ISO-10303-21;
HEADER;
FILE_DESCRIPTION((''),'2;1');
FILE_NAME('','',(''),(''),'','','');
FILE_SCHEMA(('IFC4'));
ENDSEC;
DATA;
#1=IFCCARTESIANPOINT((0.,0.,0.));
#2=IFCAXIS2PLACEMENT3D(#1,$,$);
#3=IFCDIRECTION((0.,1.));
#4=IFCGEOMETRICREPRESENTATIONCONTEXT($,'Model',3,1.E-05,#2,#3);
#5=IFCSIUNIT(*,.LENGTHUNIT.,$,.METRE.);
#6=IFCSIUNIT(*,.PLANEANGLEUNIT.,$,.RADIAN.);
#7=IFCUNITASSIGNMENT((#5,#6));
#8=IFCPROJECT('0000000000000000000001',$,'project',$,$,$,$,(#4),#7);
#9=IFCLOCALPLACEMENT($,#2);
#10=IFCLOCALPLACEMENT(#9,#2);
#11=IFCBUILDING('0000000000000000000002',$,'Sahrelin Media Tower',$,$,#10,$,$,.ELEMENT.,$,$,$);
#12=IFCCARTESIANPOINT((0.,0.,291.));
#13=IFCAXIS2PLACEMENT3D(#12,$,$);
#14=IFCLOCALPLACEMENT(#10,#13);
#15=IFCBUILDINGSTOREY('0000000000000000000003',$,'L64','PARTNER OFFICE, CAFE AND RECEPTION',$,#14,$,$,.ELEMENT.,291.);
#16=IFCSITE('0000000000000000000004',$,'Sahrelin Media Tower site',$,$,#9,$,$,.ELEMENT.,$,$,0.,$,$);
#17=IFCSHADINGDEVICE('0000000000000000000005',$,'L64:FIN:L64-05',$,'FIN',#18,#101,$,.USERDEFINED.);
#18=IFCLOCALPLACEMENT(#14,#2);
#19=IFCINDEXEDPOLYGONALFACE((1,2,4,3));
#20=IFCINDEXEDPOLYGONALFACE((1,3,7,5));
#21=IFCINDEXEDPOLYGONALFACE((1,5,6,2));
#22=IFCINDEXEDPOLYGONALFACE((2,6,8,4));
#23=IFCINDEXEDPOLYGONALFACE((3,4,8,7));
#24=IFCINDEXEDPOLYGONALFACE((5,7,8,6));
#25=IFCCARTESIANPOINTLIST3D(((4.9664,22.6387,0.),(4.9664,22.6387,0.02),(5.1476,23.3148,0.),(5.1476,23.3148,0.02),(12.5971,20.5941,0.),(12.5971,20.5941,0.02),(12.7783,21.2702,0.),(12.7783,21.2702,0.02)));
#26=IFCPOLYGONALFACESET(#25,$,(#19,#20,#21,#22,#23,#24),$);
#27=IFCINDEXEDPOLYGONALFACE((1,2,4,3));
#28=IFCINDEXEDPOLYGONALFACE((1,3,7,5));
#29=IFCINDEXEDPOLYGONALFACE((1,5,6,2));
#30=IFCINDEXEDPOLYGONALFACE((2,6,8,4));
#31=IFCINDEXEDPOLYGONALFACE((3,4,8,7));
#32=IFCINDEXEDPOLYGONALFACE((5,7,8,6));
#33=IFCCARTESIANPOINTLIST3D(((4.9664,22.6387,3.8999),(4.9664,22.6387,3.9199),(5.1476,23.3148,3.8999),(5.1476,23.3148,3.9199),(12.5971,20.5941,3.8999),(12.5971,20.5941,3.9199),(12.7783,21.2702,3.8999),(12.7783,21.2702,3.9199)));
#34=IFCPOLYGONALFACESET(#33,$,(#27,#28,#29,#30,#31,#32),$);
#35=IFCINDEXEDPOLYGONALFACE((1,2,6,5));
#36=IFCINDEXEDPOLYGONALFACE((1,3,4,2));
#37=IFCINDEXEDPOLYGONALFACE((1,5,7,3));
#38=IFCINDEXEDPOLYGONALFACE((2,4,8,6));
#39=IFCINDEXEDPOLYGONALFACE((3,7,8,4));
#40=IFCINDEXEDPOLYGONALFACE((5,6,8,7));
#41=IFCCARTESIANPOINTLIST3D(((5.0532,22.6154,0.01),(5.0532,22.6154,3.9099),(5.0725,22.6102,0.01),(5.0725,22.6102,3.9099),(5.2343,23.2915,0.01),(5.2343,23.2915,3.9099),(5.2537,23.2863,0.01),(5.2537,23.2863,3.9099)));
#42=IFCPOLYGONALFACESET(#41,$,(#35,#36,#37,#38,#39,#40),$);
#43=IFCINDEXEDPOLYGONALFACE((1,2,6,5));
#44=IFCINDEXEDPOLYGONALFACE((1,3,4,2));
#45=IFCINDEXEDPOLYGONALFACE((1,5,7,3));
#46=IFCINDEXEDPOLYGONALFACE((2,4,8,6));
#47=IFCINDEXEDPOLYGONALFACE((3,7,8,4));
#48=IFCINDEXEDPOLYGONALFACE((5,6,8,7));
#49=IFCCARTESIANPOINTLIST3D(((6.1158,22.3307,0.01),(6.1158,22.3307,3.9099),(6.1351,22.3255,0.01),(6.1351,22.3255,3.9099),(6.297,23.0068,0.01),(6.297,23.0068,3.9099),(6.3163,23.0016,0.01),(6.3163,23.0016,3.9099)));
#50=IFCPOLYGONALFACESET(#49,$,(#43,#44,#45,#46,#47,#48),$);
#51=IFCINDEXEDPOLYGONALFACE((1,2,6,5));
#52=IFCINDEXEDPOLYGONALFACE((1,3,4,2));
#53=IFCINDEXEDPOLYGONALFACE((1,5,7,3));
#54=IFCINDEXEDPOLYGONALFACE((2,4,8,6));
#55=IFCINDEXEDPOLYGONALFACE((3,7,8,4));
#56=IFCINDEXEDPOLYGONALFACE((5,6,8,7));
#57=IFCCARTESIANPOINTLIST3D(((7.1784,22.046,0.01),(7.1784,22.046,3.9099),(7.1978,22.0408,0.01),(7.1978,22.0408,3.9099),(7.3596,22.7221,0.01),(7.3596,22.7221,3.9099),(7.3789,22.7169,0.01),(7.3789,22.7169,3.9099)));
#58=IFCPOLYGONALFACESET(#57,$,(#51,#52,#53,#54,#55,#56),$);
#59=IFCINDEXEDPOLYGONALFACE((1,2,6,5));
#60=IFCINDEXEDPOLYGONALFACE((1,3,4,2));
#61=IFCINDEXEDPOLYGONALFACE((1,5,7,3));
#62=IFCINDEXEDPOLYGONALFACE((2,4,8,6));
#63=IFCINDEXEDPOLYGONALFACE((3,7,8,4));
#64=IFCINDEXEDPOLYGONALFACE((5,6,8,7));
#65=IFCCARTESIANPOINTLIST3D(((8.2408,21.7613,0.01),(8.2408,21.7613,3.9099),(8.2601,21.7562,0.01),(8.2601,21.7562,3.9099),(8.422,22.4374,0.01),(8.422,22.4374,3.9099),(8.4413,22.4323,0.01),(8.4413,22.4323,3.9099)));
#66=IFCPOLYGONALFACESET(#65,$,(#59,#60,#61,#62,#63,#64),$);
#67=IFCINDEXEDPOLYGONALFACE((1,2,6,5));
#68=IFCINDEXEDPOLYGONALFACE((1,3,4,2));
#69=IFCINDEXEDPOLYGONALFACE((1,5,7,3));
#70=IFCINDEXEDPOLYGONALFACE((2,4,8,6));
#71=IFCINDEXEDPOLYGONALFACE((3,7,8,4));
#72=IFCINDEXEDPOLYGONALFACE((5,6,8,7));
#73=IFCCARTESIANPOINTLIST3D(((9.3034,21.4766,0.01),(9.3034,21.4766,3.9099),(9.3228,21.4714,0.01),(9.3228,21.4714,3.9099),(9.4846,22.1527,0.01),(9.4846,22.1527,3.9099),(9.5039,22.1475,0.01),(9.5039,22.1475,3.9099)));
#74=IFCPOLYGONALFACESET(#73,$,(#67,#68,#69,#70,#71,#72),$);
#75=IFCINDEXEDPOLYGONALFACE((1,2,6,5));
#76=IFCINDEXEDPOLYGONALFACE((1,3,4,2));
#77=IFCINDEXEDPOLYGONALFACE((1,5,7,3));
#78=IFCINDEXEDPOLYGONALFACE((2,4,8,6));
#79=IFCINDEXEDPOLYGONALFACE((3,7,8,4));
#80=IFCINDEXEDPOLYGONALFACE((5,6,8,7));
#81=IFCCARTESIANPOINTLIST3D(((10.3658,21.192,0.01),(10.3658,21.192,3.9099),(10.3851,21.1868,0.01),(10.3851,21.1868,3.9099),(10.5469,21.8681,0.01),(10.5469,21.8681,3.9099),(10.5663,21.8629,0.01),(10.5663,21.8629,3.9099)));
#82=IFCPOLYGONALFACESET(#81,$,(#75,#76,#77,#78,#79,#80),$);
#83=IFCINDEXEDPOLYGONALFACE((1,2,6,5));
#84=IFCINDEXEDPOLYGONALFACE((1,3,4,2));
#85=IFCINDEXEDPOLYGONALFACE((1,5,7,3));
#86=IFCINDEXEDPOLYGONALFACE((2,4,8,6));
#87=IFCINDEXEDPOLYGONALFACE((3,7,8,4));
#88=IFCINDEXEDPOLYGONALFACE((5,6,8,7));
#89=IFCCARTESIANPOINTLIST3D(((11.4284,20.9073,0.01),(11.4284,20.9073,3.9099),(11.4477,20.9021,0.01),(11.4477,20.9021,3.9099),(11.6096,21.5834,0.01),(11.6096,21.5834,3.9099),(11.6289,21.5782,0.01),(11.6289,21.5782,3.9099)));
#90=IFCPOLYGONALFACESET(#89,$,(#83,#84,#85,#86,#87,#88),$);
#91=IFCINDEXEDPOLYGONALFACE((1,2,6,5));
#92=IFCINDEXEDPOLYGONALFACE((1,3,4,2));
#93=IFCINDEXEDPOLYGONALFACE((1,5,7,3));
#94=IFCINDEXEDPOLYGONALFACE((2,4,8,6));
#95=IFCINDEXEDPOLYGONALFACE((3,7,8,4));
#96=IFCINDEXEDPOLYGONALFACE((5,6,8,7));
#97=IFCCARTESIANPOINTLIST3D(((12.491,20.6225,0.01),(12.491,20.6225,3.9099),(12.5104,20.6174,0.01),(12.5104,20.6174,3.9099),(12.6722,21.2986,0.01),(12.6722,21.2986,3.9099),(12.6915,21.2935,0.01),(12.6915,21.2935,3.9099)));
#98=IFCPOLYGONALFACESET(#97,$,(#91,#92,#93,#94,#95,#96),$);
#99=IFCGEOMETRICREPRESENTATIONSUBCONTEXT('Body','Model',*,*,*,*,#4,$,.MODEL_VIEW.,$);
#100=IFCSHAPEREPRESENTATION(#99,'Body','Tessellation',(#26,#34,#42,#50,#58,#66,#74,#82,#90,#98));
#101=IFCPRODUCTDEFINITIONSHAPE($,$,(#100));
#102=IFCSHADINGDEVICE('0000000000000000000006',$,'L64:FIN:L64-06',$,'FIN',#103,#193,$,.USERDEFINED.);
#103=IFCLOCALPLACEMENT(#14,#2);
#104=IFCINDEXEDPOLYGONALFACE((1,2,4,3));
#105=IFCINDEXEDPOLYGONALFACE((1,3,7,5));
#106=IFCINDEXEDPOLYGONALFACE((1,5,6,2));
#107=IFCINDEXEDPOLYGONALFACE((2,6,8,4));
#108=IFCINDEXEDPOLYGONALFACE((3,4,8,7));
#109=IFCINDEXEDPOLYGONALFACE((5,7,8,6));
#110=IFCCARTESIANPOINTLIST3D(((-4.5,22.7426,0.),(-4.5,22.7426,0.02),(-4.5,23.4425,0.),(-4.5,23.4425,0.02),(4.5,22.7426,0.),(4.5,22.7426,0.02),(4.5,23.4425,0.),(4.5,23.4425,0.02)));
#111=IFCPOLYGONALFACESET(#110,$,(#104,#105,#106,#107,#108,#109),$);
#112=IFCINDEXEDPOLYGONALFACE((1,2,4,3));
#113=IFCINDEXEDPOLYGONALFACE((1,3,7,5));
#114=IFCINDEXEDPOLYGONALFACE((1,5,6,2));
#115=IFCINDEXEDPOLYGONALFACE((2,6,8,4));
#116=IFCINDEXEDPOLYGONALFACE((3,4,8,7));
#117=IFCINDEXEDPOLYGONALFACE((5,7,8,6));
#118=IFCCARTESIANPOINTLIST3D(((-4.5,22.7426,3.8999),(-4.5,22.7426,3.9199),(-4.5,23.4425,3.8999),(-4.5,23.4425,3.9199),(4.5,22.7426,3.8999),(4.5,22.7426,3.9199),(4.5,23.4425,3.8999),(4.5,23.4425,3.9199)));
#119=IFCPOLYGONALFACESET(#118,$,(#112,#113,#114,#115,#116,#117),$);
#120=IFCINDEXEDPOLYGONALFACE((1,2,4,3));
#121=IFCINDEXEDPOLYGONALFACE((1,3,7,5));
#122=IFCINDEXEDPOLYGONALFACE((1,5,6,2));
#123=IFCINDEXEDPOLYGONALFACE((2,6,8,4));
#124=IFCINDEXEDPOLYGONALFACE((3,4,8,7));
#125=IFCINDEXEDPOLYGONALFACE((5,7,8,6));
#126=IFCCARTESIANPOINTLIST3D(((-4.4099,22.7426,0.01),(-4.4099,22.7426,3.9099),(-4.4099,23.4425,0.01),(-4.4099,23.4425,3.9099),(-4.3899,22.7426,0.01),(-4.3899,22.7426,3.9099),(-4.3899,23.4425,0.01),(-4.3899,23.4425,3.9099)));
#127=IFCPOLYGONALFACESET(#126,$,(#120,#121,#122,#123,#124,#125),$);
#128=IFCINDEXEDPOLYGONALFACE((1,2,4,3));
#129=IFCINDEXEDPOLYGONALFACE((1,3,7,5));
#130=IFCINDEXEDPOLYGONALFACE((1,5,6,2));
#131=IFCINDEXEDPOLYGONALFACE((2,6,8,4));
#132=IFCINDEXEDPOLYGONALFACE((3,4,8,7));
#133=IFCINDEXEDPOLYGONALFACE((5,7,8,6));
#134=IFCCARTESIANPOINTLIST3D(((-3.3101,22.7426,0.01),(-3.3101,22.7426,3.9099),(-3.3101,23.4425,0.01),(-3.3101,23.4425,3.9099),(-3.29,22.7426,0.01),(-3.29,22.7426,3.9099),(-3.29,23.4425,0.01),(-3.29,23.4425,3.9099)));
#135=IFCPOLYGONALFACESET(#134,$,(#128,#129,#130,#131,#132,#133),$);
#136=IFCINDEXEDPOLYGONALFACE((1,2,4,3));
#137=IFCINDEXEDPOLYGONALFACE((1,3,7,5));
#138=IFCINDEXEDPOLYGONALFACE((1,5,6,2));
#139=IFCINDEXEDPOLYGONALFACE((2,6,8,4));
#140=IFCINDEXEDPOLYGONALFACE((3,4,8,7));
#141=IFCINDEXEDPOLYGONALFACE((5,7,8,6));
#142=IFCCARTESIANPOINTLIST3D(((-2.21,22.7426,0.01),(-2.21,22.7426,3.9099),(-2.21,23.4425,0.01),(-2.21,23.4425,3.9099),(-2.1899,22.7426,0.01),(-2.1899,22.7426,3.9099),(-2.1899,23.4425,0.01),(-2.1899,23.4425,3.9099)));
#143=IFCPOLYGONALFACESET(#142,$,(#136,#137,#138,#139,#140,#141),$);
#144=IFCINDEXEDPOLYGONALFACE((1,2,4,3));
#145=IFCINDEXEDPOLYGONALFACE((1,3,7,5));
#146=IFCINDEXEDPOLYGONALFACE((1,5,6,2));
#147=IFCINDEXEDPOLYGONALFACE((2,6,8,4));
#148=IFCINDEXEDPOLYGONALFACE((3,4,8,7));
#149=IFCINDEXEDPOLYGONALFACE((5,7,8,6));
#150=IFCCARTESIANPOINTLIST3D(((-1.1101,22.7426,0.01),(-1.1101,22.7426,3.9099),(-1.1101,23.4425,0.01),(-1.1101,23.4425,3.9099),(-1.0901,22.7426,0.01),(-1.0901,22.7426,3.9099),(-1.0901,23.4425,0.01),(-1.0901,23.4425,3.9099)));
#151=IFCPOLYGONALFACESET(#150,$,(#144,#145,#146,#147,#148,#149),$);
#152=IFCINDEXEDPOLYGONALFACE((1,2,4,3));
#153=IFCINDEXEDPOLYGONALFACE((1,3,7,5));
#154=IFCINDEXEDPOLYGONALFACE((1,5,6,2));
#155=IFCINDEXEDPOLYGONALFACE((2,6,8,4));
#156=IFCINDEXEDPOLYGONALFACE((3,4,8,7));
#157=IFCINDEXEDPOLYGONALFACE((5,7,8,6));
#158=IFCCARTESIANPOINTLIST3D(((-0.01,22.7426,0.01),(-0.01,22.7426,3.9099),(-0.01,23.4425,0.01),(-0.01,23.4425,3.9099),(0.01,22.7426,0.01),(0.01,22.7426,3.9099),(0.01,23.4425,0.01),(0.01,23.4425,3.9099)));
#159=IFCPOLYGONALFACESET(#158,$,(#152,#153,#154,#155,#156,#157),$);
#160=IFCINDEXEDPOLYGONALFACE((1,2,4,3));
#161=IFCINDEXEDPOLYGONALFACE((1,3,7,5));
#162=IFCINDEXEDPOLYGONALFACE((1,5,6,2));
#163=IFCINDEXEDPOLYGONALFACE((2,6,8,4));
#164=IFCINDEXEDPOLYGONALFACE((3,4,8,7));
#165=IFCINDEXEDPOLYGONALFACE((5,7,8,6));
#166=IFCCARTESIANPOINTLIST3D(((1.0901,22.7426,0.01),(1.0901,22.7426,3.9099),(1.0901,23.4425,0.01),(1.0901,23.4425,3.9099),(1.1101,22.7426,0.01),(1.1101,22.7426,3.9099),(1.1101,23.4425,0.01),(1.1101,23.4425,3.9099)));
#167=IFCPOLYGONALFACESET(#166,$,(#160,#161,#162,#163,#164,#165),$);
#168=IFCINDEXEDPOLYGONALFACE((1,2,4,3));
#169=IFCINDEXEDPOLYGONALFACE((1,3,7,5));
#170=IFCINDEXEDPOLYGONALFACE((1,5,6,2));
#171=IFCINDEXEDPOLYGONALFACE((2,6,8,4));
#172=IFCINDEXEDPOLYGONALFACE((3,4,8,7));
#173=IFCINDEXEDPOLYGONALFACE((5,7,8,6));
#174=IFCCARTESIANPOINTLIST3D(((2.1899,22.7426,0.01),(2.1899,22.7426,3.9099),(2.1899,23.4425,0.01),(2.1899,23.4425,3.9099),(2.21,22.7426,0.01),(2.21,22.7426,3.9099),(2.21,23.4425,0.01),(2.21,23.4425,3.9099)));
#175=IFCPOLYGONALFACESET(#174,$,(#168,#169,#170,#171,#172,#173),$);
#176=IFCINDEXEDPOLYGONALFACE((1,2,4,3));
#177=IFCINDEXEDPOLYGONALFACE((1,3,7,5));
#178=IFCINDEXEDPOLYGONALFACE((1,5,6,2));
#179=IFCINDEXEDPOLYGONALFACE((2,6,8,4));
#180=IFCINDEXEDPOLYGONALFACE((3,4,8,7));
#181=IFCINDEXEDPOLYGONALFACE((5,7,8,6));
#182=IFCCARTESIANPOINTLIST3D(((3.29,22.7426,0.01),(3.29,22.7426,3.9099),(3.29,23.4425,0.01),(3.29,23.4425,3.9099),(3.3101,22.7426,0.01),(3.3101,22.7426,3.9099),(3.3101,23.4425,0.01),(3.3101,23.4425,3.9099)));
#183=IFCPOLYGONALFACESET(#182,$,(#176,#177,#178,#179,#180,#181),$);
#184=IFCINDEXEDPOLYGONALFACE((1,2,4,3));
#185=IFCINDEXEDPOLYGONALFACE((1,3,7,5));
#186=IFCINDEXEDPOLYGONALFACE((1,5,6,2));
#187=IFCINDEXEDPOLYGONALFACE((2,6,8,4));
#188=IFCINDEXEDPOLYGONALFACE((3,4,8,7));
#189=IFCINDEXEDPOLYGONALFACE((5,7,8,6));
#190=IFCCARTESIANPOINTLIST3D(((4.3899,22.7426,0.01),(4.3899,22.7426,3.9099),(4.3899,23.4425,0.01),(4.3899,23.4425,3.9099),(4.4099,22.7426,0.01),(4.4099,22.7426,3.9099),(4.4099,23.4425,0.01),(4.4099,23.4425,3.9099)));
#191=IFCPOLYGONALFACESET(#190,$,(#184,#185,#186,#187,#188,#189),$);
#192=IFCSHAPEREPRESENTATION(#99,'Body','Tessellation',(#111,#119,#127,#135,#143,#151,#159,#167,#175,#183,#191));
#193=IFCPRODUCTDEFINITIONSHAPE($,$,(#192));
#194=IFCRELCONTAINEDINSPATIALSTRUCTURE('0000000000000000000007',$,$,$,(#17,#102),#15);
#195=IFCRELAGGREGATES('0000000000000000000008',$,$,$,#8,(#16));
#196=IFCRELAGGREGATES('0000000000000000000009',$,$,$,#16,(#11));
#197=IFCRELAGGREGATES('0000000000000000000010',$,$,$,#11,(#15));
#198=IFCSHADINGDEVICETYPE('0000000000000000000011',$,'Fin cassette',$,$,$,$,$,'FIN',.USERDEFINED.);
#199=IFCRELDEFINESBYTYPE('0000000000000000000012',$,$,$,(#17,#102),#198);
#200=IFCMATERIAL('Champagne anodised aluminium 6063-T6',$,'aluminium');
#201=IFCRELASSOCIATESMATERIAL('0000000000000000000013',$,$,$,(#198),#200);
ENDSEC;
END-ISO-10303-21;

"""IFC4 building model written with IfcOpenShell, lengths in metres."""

from ifc_helpers import new_model, si_unit, direction, frame, origin, origin_2d, place, context, subcontext, project, spatial, rectangle, extrude, material, type_object, element, save


model = new_model("IFC4")

# Units and contexts
model_context = context("Model", 3, precision=1e-05, world=origin(), true_north=direction((0.0, 1.0)))
body_context = subcontext(model_context, "Body", "Model", "MODEL_VIEW")
ifc_project = project(units=[si_unit("LENGTHUNIT", "METRE"), si_unit("PLANEANGLEUNIT", "RADIAN")], contexts=[model_context])

# Site, building, storey
site_placement = place(None, origin())
site = spatial("IfcSite", under=ifc_project, at=site_placement, Name="Sahrelin Media Tower site", CompositionType="ELEMENT", RefElevation=0.0)
building_placement = place(site_placement, origin())
building = spatial("IfcBuilding", under=site, at=building_placement, Name="Sahrelin Media Tower", CompositionType="ELEMENT")
storey_placement = place(building_placement, frame((0.0, 0.0, 291.0)))
storey = spatial("IfcBuildingStorey", under=building, at=storey_placement, Name="L64", Description="PARTNER OFFICE, CAFE AND RECEPTION", CompositionType="ELEMENT", Elevation=291.0)

# Shared definitions
ifc_material_1 = material(Name="Champagne anodised aluminium 6063-T6", Category="aluminium")
placement_1 = place(storey_placement, frame((0.0, 22.6726, 0.0), z_axis=(0.0, 0.0, 1.0), x_axis=(1.0, 0.0, 0.0)))

# Shading devices
shading_device_type_1 = type_object("IfcShadingDeviceType", Name="Fin cassette", ElementType="FIN", PredefinedType="USERDEFINED", material=ifc_material_1)
placement_2 = place(storey_placement, frame((8.7637, 21.5488, 0.0), z_axis=(0.0, 0.0, 1.0), x_axis=(0.965929, -0.258808, 0.0)))
element("IfcShadingDevice", 1, at=placement_2, inside=storey, type_object=shading_device_type_1, Name="L64:FIN:L64-05", ObjectType="FIN", PredefinedType="USERDEFINED", context=body_context, shape_type="SweptSolid", body=[
    extrude(rectangle(XDim=7.8999, YDim=0.7, at=origin_2d()), frame((0.0, 0.4199, 0.0)), (0.0, 0.0, 1.0), 0.02),
    extrude(rectangle(XDim=7.8999, YDim=0.7, at=origin_2d()), frame((0.0, 0.4199, 3.8999)), (0.0, 0.0, 1.0), 0.02),
    extrude(rectangle(XDim=0.02, YDim=0.7, at=origin_2d()), frame((-3.8501, 0.4199, 0.01), z_axis=(0.0, 0.0, 1.0), x_axis=(1.0, 0.0, 0.0)), (0.0, 0.0, 1.0), 3.8999),
    extrude(rectangle(XDim=0.02, YDim=0.7, at=origin_2d()), frame((-2.75, 0.4199, 0.01), z_axis=(0.0, 0.0, 1.0), x_axis=(1.0, 0.0, 0.0)), (0.0, 0.0, 1.0), 3.8999),
    extrude(rectangle(XDim=0.02, YDim=0.7, at=origin_2d()), frame((-1.6499, 0.4199, 0.01), z_axis=(0.0, 0.0, 1.0), x_axis=(1.0, 0.0, 0.0)), (0.0, 0.0, 1.0), 3.8999),
    extrude(rectangle(XDim=0.02, YDim=0.7, at=origin_2d()), frame((-0.55, 0.4199, 0.01), z_axis=(0.0, 0.0, 1.0), x_axis=(1.0, 0.0, 0.0)), (0.0, 0.0, 1.0), 3.8999),
    extrude(rectangle(XDim=0.02, YDim=0.7, at=origin_2d()), frame((0.55, 0.4199, 0.01), z_axis=(0.0, 0.0, 1.0), x_axis=(1.0, 0.0, 0.0)), (0.0, 0.0, 1.0), 3.8999),
    extrude(rectangle(XDim=0.02, YDim=0.7, at=origin_2d()), frame((1.6499, 0.4199, 0.01), z_axis=(0.0, 0.0, 1.0), x_axis=(1.0, 0.0, 0.0)), (0.0, 0.0, 1.0), 3.8999),
    extrude(rectangle(XDim=0.02, YDim=0.7, at=origin_2d()), frame((2.75, 0.4199, 0.01), z_axis=(0.0, 0.0, 1.0), x_axis=(1.0, 0.0, 0.0)), (0.0, 0.0, 1.0), 3.8999),
    extrude(rectangle(XDim=0.02, YDim=0.7, at=origin_2d()), frame((3.8501, 0.4199, 0.01), z_axis=(0.0, 0.0, 1.0), x_axis=(1.0, 0.0, 0.0)), (0.0, 0.0, 1.0), 3.8999),
])
element("IfcShadingDevice", 2, at=placement_1, inside=storey, type_object=shading_device_type_1, Name="L64:FIN:L64-06", ObjectType="FIN", PredefinedType="USERDEFINED", context=body_context, shape_type="SweptSolid", body=[
    extrude(rectangle(XDim=9.0, YDim=0.7, at=origin_2d()), frame((0.0, 0.4199, 0.0)), (0.0, 0.0, 1.0), 0.02),
    extrude(rectangle(XDim=9.0, YDim=0.7, at=origin_2d()), frame((0.0, 0.4199, 3.8999)), (0.0, 0.0, 1.0), 0.02),
    extrude(rectangle(XDim=0.02, YDim=0.7, at=origin_2d()), frame((-4.3999, 0.4199, 0.01), z_axis=(0.0, 0.0, 1.0), x_axis=(1.0, 0.0, 0.0)), (0.0, 0.0, 1.0), 3.8999),
    extrude(rectangle(XDim=0.02, YDim=0.7, at=origin_2d()), frame((-3.3, 0.4199, 0.01), z_axis=(0.0, 0.0, 1.0), x_axis=(1.0, 0.0, 0.0)), (0.0, 0.0, 1.0), 3.8999),
    extrude(rectangle(XDim=0.02, YDim=0.7, at=origin_2d()), frame((-2.2, 0.4199, 0.01), z_axis=(0.0, 0.0, 1.0), x_axis=(1.0, 0.0, 0.0)), (0.0, 0.0, 1.0), 3.8999),
    extrude(rectangle(XDim=0.02, YDim=0.7, at=origin_2d()), frame((-1.1001, 0.4199, 0.01), z_axis=(0.0, 0.0, 1.0), x_axis=(1.0, 0.0, 0.0)), (0.0, 0.0, 1.0), 3.8999),
    extrude(rectangle(XDim=0.02, YDim=0.7, at=origin_2d()), frame((0.0, 0.4199, 0.01), z_axis=(0.0, 0.0, 1.0), x_axis=(1.0, 0.0, 0.0)), (0.0, 0.0, 1.0), 3.8999),
    extrude(rectangle(XDim=0.02, YDim=0.7, at=origin_2d()), frame((1.1001, 0.4199, 0.01), z_axis=(0.0, 0.0, 1.0), x_axis=(1.0, 0.0, 0.0)), (0.0, 0.0, 1.0), 3.8999),
    extrude(rectangle(XDim=0.02, YDim=0.7, at=origin_2d()), frame((2.2, 0.4199, 0.01), z_axis=(0.0, 0.0, 1.0), x_axis=(1.0, 0.0, 0.0)), (0.0, 0.0, 1.0), 3.8999),
    extrude(rectangle(XDim=0.02, YDim=0.7, at=origin_2d()), frame((3.3, 0.4199, 0.01), z_axis=(0.0, 0.0, 1.0), x_axis=(1.0, 0.0, 0.0)), (0.0, 0.0, 1.0), 3.8999),
    extrude(rectangle(XDim=0.02, YDim=0.7, at=origin_2d()), frame((4.3999, 0.4199, 0.01), z_axis=(0.0, 0.0, 1.0), x_axis=(1.0, 0.0, 0.0)), (0.0, 0.0, 1.0), 3.8999),
])

save(model, "model.ifc")
